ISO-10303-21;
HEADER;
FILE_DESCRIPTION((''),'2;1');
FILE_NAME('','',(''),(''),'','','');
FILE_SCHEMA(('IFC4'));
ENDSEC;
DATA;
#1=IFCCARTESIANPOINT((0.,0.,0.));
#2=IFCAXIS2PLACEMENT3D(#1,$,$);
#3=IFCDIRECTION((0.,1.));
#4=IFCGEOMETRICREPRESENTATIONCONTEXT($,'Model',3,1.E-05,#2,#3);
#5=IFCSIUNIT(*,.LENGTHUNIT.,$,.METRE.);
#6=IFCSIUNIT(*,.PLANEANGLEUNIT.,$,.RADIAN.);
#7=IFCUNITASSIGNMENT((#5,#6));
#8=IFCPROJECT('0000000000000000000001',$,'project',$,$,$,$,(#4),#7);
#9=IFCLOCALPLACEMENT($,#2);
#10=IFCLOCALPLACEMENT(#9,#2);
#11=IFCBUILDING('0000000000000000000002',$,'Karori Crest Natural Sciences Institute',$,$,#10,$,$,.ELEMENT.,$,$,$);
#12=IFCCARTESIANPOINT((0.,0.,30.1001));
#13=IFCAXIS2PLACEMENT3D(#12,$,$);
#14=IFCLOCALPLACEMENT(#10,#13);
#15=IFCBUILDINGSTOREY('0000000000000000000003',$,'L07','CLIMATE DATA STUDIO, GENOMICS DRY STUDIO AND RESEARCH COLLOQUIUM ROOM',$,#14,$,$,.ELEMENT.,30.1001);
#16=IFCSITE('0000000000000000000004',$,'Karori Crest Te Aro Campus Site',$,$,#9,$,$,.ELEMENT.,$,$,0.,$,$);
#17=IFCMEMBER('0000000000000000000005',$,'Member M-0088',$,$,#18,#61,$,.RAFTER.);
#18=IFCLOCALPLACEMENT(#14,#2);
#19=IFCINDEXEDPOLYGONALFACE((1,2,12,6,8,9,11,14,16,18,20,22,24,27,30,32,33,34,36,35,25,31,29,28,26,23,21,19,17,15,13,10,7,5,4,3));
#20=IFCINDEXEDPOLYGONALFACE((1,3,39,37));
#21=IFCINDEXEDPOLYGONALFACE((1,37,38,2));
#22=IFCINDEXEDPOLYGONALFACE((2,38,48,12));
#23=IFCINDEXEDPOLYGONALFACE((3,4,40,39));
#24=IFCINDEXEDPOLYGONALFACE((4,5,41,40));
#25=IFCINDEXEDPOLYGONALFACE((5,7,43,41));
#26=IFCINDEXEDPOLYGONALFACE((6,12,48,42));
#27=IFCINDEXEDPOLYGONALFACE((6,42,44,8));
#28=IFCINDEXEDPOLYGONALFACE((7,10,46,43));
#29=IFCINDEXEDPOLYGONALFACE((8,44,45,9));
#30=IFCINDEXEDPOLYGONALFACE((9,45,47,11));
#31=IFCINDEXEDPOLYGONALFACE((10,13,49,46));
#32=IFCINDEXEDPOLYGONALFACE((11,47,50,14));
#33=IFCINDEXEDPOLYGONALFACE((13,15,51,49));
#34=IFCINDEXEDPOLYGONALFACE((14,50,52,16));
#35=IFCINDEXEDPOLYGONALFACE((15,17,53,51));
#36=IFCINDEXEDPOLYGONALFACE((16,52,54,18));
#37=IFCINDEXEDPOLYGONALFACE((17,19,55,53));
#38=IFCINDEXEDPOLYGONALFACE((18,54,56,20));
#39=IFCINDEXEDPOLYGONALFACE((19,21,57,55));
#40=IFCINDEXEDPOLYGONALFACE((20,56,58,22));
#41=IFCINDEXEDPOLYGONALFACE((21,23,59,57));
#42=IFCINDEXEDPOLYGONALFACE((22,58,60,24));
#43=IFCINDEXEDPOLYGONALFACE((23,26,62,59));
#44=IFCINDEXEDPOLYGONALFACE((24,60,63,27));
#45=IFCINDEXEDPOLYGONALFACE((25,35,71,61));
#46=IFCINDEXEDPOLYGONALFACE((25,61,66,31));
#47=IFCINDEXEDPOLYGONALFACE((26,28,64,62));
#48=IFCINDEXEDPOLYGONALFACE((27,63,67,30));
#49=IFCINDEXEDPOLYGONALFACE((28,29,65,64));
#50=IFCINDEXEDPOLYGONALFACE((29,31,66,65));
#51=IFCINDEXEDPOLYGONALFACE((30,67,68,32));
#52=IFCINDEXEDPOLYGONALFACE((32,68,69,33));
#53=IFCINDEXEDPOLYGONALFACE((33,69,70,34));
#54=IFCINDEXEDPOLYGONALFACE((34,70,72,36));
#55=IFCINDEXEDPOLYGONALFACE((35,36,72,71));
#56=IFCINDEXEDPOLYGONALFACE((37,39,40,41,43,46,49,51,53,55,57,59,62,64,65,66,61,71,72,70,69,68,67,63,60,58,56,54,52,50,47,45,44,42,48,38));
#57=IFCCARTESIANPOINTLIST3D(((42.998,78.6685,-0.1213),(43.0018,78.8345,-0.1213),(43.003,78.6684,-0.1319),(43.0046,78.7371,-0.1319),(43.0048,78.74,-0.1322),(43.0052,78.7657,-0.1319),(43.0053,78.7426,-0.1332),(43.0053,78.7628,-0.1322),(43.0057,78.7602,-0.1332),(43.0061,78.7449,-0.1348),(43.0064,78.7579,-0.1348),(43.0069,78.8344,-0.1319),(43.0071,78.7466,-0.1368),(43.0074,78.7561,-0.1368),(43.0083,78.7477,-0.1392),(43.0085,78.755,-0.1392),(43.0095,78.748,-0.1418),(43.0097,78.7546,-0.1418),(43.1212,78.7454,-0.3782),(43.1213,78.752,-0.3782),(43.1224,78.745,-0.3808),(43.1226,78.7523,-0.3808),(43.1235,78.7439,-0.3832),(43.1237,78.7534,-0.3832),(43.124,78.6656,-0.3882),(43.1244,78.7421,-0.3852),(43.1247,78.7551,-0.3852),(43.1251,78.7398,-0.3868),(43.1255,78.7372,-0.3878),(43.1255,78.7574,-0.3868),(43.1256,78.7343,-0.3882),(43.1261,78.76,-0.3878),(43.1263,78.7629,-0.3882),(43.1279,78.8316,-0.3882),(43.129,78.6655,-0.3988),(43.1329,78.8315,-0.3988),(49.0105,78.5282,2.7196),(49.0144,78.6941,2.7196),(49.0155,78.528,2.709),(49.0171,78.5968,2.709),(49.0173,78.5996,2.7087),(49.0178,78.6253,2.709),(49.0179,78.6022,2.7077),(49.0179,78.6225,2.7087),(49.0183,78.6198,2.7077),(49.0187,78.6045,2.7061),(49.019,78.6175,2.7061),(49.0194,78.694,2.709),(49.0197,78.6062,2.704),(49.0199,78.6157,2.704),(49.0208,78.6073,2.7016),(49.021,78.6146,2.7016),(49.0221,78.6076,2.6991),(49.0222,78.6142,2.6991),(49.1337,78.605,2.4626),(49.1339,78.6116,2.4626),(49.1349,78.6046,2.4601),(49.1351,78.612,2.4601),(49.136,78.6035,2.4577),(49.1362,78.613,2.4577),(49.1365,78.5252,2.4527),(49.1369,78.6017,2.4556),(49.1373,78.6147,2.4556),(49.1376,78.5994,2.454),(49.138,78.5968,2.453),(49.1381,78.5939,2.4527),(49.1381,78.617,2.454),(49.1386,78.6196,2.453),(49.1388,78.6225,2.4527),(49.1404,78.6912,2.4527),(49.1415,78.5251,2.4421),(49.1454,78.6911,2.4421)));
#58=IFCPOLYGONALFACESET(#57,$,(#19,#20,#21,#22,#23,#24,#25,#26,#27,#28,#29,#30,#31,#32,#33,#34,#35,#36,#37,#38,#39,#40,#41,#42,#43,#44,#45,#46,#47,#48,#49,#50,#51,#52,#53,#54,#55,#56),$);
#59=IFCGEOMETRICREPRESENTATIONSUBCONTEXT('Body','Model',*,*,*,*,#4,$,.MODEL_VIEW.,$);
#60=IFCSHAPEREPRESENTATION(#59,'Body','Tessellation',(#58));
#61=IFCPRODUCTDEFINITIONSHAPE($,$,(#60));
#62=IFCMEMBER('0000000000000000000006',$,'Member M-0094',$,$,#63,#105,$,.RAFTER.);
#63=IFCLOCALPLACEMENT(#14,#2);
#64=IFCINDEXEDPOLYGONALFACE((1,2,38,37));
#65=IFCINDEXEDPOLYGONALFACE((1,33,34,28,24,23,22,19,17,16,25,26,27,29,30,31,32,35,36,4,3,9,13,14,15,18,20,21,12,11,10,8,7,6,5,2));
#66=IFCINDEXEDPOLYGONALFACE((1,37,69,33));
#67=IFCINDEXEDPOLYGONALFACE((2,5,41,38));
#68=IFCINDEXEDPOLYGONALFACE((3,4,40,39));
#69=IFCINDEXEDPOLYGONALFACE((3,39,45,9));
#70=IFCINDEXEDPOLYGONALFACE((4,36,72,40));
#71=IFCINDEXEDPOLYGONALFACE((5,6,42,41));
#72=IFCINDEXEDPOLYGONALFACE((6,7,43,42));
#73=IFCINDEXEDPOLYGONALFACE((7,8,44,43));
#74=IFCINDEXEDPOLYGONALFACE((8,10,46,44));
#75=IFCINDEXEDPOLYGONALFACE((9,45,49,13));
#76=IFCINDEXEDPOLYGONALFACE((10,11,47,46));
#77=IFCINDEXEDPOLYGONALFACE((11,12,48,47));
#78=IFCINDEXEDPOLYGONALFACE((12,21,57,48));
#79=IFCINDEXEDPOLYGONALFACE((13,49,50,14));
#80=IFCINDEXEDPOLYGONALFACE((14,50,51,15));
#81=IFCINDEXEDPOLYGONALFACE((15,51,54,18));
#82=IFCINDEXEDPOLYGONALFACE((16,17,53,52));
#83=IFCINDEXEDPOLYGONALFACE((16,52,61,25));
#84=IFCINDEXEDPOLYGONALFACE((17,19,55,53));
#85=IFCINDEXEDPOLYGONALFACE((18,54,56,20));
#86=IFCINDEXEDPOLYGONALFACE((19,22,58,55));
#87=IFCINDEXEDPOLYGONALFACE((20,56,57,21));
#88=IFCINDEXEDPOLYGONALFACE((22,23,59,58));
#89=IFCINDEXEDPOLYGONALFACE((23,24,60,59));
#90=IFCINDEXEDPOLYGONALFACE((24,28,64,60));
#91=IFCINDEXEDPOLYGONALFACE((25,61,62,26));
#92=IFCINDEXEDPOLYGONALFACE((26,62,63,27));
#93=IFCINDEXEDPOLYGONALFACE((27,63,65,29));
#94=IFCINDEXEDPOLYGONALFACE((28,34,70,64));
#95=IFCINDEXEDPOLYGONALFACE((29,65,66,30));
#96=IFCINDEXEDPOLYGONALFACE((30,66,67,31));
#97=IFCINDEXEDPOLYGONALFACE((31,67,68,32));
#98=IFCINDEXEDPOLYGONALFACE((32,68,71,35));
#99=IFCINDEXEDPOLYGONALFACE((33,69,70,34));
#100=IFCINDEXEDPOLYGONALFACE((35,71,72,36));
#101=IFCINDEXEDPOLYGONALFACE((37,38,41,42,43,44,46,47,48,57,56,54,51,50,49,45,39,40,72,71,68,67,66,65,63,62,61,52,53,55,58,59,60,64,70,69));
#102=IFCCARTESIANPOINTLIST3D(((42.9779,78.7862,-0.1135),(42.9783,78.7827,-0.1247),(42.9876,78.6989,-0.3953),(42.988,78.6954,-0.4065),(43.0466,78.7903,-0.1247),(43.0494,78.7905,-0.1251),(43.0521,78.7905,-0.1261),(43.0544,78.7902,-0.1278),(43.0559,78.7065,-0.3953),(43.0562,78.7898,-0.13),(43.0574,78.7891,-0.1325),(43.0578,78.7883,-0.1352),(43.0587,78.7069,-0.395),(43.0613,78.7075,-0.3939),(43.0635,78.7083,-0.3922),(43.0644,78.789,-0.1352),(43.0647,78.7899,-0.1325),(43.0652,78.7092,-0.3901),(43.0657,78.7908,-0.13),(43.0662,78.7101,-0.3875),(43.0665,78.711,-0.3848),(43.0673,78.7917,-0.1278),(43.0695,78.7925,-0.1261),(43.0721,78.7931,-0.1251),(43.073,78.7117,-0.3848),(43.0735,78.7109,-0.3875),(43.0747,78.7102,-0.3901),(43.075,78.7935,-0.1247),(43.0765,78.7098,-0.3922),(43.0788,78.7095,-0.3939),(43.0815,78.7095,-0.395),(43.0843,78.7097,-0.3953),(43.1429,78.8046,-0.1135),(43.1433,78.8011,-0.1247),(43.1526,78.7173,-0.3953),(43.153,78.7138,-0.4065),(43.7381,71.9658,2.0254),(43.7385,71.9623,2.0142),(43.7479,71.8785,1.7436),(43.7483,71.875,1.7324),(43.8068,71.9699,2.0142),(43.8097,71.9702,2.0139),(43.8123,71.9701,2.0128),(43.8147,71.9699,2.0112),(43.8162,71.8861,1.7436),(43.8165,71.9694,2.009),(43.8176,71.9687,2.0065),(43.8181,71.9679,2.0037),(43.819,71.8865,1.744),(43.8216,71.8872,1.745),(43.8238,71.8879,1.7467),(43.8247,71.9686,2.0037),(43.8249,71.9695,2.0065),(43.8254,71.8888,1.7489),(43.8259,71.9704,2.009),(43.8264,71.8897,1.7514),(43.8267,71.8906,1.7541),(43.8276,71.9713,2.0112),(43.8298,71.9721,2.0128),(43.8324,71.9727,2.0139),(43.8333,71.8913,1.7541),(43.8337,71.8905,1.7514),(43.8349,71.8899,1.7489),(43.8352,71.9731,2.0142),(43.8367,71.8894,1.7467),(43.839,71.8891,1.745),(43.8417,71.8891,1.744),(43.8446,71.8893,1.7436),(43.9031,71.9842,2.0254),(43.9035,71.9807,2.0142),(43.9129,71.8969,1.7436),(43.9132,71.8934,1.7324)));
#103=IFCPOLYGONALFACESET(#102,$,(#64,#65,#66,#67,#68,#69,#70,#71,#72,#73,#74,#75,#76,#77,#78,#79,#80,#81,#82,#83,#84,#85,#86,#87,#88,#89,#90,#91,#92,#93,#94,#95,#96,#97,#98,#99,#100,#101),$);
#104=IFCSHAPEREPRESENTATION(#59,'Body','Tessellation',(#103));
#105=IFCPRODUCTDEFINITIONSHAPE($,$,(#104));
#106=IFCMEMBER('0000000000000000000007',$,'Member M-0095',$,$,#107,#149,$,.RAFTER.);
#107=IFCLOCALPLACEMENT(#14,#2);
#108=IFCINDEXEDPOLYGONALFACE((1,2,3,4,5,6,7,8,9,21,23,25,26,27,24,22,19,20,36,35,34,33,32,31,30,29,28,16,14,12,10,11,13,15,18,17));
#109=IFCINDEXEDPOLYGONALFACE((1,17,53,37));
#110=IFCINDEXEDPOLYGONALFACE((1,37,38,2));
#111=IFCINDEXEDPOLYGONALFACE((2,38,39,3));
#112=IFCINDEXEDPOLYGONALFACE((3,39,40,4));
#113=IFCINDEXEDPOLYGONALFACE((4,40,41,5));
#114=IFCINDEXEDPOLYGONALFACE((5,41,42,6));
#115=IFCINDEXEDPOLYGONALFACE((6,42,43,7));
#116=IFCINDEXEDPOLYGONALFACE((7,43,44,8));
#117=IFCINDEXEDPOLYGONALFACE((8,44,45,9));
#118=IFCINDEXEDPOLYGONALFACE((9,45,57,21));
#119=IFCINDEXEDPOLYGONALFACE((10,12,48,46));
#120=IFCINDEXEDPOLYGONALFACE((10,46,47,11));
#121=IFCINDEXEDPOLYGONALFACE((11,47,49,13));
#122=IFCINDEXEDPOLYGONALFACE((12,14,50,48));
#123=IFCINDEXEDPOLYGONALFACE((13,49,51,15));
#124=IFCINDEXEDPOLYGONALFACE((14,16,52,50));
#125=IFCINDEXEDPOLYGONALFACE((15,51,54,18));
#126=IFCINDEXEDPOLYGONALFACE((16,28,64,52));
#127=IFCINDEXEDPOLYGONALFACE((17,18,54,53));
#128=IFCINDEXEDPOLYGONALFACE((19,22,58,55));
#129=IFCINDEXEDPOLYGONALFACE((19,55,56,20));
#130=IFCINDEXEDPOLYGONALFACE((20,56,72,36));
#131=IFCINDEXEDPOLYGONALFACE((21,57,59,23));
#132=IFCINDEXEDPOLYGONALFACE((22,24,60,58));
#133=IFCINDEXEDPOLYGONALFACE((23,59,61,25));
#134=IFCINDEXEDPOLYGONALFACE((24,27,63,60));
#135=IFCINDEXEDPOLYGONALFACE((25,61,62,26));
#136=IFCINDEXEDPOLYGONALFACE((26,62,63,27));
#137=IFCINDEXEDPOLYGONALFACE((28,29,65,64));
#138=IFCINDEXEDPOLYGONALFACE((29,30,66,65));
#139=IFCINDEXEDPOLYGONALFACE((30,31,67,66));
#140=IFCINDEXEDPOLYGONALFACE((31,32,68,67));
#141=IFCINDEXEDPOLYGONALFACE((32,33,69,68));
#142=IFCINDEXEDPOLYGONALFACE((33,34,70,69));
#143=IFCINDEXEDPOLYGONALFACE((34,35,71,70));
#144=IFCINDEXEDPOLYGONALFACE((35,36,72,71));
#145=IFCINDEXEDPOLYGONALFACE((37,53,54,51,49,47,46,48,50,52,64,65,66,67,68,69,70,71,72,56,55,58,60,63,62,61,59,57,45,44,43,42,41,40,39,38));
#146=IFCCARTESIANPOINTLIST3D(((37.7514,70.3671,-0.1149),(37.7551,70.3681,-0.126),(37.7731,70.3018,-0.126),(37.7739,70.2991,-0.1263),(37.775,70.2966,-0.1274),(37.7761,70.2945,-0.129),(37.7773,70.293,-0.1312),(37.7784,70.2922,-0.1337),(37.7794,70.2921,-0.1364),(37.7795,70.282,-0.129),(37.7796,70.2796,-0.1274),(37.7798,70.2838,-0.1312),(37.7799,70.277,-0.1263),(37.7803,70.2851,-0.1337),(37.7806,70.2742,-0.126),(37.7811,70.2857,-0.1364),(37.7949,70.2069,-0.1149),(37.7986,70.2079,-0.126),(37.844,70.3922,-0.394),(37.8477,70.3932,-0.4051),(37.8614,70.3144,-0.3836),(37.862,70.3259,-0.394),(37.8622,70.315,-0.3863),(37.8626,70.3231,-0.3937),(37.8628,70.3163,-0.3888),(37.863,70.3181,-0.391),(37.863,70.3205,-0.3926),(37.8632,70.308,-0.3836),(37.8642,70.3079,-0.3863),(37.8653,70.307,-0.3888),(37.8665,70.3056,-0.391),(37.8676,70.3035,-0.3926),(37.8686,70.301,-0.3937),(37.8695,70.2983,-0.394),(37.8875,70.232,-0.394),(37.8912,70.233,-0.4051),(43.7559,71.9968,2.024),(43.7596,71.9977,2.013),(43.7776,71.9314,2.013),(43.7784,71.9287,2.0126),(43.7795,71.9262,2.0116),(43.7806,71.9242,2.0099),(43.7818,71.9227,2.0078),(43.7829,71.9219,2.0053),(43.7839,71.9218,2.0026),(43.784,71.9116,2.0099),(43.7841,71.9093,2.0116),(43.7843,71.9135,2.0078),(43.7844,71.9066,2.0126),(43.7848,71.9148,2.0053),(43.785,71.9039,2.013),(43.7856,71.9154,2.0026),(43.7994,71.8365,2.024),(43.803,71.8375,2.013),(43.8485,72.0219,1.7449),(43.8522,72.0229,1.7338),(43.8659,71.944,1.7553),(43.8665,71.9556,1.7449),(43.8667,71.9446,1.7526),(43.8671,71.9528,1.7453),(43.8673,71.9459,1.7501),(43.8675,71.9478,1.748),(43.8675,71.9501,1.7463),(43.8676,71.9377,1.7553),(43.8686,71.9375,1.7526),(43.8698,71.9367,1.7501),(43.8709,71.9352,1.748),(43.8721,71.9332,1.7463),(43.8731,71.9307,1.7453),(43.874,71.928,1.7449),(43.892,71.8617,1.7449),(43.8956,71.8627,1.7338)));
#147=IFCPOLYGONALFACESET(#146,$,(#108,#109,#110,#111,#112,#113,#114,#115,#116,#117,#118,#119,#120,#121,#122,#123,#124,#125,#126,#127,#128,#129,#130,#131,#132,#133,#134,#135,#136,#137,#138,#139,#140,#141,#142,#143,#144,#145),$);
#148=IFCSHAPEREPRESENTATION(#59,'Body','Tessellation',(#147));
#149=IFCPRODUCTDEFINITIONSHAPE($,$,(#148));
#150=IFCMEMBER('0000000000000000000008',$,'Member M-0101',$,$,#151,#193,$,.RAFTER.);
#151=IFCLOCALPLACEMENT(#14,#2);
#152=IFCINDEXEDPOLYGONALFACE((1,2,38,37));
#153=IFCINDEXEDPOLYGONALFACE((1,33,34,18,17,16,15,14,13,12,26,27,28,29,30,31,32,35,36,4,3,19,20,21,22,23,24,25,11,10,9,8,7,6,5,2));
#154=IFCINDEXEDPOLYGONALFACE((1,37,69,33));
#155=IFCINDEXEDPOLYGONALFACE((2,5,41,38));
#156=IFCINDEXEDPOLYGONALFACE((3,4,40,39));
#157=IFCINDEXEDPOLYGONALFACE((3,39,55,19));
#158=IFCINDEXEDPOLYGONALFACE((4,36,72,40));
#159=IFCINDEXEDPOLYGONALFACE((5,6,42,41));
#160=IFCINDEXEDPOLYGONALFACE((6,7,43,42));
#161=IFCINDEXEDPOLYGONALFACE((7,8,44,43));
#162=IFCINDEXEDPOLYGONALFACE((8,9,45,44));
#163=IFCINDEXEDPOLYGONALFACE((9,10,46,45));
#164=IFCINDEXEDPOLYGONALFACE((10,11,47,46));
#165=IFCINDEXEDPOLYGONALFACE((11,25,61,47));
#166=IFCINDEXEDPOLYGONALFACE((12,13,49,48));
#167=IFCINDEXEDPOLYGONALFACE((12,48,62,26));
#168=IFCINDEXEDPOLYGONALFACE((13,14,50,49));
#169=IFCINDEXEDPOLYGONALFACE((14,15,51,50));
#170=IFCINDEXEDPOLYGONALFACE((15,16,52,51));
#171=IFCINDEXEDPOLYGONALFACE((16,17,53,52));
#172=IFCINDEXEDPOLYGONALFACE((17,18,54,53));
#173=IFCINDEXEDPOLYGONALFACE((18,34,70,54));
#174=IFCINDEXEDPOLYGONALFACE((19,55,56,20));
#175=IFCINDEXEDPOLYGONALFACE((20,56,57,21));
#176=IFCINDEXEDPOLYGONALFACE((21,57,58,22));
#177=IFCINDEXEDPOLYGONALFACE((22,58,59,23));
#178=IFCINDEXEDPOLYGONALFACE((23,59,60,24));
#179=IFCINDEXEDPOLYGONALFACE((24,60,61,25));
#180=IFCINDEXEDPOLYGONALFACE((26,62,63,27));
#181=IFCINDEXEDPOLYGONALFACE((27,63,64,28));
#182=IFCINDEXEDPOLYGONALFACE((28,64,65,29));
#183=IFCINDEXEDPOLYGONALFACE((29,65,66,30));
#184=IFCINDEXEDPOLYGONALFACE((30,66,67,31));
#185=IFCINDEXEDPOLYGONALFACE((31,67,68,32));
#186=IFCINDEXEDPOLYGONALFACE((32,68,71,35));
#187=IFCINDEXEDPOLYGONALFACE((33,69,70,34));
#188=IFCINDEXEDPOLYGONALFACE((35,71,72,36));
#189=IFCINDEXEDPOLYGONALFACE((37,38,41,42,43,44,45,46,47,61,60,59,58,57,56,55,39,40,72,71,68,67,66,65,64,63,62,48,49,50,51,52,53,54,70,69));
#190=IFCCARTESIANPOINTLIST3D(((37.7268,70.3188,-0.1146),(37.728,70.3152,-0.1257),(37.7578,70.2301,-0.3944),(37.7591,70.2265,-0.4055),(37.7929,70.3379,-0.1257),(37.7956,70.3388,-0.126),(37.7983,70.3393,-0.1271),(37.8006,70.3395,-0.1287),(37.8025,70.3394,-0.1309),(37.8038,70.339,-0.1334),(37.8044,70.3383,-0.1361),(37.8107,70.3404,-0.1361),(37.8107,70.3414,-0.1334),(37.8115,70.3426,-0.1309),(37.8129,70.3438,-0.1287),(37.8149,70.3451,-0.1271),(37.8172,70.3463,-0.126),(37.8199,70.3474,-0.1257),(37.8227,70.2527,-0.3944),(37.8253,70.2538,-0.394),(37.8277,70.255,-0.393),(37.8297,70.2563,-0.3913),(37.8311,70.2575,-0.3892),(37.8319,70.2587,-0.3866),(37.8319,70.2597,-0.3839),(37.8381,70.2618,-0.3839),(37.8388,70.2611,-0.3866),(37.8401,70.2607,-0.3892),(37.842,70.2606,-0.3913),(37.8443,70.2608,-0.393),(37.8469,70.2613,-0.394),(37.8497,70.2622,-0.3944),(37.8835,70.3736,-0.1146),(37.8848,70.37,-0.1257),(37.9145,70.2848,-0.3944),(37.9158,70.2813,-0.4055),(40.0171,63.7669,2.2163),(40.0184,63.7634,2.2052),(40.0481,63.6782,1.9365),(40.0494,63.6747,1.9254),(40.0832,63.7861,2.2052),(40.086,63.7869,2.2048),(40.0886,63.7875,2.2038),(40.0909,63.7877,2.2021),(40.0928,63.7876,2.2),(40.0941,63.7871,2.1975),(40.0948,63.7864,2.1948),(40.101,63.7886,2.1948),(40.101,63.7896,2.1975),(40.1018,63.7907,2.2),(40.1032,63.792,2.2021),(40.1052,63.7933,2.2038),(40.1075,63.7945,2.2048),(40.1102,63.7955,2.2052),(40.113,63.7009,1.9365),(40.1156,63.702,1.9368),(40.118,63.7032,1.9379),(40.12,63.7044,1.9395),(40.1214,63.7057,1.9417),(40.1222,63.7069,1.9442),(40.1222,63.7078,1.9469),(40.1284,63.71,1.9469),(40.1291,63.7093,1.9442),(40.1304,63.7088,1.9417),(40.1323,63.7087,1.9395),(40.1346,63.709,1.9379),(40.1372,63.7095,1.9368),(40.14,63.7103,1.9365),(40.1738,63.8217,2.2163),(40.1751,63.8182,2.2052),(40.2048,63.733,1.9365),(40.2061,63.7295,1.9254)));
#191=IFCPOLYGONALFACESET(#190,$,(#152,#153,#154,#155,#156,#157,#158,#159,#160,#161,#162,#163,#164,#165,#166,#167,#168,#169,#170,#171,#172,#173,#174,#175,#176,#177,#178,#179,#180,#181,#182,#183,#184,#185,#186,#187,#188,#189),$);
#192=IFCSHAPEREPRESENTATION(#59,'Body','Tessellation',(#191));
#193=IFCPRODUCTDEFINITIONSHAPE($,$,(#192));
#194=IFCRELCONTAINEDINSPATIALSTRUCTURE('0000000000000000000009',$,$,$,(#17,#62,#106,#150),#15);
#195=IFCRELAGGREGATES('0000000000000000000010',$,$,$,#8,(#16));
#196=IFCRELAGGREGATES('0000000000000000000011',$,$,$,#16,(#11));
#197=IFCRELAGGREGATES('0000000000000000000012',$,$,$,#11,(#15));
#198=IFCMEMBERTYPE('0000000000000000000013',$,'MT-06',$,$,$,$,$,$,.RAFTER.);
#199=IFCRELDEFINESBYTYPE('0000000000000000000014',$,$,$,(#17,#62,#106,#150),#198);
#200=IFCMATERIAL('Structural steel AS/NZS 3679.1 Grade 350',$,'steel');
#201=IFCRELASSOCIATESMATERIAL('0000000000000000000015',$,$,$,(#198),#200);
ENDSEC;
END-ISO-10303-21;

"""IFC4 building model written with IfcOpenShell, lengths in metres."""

from ifc_helpers import new_model, si_unit, direction, frame, origin, origin_2d, place, context, subcontext, project, spatial, i_section, extrude, material, material_profile, profile_set, type_object, element, save


model = new_model("IFC4")

# Units and contexts
model_context = context("Model", 3, precision=1e-05, world=origin(), true_north=direction((0.0, 1.0)))
body_context = subcontext(model_context, "Body", "Model", "MODEL_VIEW")
ifc_project = project(units=[si_unit("LENGTHUNIT", "METRE"), si_unit("PLANEANGLEUNIT", "RADIAN")], contexts=[model_context])

# Site, building, storey
site_placement = place(None, origin())
site = spatial("IfcSite", under=ifc_project, at=site_placement, Name="Karori Crest Te Aro Campus Site", CompositionType="ELEMENT", RefElevation=0.0)
building_placement = place(site_placement, origin())
building = spatial("IfcBuilding", under=site, at=building_placement, Name="Karori Crest Natural Sciences Institute", CompositionType="ELEMENT")
storey_placement = place(building_placement, frame((0.0, 0.0, 30.1001)))
storey = spatial("IfcBuildingStorey", under=building, at=storey_placement, Name="L07", Description="CLIMATE DATA STUDIO, GENOMICS DRY STUDIO AND RESEARCH COLLOQUIUM ROOM", CompositionType="ELEMENT", Elevation=30.1001)

# Members
ifc_material_1 = material(Name="Structural steel AS/NZS 3679.1 Grade 350", Category="steel")
ifc_material_profile_1 = material_profile(ifc_material_1, i_section(OverallWidth=0.166, OverallDepth=0.3069, WebThickness=0.0066, FlangeThickness=0.0117, FilletRadius=0.011, at=origin_2d()), Name="310UB46.2")
ifc_profile_set_1 = profile_set([ifc_material_profile_1], Name="Structural steel AS/NZS 3679.1 Grade 350")
member_type_1 = type_object("IfcMemberType", Name="MT-06", PredefinedType="RAFTER", material=ifc_profile_set_1)
member_1_placement = place(storey_placement, frame((43.0654, 78.75, -0.26), z_axis=(0.903954, -0.021106, 0.427109), x_axis=(0.023342, 0.999728, 0.0)))
element("IfcMember", 1, at=member_1_placement, inside=storey, type_object=member_type_1, Name="Member M-0088", PredefinedType="RAFTER", context=body_context, shape_type="SweptSolid", body=[
    extrude(i_section(OverallWidth=0.166, OverallDepth=0.3069, WebThickness=0.0066, FlangeThickness=0.0117, FilletRadius=0.011, at=origin_2d()), origin(), (0.0, 0.0, 1.0), 6.6514),
])
member_2_placement = place(storey_placement, frame((43.0654, 78.75, -0.26), z_axis=(0.105765, -0.948826, 0.297561), x_axis=(0.993845, 0.110783, 0.0)))
element("IfcMember", 2, at=member_2_placement, inside=storey, type_object=member_type_1, Name="Member M-0094", PredefinedType="RAFTER", context=body_context, shape_type="SweptSolid", body=[
    extrude(i_section(OverallWidth=0.166, OverallDepth=0.3069, WebThickness=0.0066, FlangeThickness=0.0117, FilletRadius=0.011, at=origin_2d()), origin(), (0.0, 0.0, 1.0), 7.1882),
])
member_3_placement = place(storey_placement, frame((37.8213, 70.3, -0.26), z_axis=(0.912659, 0.247703, 0.325112), x_axis=(-0.261932, 0.965086, 0.0)))
element("IfcMember", 3, at=member_3_placement, inside=storey, type_object=member_type_1, Name="Member M-0095", PredefinedType="RAFTER", context=body_context, shape_type="SweptSolid", body=[
    extrude(i_section(OverallWidth=0.166, OverallDepth=0.3069, WebThickness=0.0066, FlangeThickness=0.0117, FilletRadius=0.011, at=origin_2d()), origin(), (0.0, 0.0, 1.0), 6.5791),
])
member_4_placement = place(storey_placement, frame((37.8213, 70.3, -0.26), z_axis=(0.312818, -0.894872, 0.318354), x_axis=(0.943986, 0.329987, 0.0)))
element("IfcMember", 4, at=member_4_placement, inside=storey, type_object=member_type_1, Name="Member M-0101", PredefinedType="RAFTER", context=body_context, shape_type="SweptSolid", body=[
    extrude(i_section(OverallWidth=0.166, OverallDepth=0.3069, WebThickness=0.0066, FlangeThickness=0.0117, FilletRadius=0.011, at=origin_2d()), origin(), (0.0, 0.0, 1.0), 7.3215),
])

save(model, "model.ifc")
